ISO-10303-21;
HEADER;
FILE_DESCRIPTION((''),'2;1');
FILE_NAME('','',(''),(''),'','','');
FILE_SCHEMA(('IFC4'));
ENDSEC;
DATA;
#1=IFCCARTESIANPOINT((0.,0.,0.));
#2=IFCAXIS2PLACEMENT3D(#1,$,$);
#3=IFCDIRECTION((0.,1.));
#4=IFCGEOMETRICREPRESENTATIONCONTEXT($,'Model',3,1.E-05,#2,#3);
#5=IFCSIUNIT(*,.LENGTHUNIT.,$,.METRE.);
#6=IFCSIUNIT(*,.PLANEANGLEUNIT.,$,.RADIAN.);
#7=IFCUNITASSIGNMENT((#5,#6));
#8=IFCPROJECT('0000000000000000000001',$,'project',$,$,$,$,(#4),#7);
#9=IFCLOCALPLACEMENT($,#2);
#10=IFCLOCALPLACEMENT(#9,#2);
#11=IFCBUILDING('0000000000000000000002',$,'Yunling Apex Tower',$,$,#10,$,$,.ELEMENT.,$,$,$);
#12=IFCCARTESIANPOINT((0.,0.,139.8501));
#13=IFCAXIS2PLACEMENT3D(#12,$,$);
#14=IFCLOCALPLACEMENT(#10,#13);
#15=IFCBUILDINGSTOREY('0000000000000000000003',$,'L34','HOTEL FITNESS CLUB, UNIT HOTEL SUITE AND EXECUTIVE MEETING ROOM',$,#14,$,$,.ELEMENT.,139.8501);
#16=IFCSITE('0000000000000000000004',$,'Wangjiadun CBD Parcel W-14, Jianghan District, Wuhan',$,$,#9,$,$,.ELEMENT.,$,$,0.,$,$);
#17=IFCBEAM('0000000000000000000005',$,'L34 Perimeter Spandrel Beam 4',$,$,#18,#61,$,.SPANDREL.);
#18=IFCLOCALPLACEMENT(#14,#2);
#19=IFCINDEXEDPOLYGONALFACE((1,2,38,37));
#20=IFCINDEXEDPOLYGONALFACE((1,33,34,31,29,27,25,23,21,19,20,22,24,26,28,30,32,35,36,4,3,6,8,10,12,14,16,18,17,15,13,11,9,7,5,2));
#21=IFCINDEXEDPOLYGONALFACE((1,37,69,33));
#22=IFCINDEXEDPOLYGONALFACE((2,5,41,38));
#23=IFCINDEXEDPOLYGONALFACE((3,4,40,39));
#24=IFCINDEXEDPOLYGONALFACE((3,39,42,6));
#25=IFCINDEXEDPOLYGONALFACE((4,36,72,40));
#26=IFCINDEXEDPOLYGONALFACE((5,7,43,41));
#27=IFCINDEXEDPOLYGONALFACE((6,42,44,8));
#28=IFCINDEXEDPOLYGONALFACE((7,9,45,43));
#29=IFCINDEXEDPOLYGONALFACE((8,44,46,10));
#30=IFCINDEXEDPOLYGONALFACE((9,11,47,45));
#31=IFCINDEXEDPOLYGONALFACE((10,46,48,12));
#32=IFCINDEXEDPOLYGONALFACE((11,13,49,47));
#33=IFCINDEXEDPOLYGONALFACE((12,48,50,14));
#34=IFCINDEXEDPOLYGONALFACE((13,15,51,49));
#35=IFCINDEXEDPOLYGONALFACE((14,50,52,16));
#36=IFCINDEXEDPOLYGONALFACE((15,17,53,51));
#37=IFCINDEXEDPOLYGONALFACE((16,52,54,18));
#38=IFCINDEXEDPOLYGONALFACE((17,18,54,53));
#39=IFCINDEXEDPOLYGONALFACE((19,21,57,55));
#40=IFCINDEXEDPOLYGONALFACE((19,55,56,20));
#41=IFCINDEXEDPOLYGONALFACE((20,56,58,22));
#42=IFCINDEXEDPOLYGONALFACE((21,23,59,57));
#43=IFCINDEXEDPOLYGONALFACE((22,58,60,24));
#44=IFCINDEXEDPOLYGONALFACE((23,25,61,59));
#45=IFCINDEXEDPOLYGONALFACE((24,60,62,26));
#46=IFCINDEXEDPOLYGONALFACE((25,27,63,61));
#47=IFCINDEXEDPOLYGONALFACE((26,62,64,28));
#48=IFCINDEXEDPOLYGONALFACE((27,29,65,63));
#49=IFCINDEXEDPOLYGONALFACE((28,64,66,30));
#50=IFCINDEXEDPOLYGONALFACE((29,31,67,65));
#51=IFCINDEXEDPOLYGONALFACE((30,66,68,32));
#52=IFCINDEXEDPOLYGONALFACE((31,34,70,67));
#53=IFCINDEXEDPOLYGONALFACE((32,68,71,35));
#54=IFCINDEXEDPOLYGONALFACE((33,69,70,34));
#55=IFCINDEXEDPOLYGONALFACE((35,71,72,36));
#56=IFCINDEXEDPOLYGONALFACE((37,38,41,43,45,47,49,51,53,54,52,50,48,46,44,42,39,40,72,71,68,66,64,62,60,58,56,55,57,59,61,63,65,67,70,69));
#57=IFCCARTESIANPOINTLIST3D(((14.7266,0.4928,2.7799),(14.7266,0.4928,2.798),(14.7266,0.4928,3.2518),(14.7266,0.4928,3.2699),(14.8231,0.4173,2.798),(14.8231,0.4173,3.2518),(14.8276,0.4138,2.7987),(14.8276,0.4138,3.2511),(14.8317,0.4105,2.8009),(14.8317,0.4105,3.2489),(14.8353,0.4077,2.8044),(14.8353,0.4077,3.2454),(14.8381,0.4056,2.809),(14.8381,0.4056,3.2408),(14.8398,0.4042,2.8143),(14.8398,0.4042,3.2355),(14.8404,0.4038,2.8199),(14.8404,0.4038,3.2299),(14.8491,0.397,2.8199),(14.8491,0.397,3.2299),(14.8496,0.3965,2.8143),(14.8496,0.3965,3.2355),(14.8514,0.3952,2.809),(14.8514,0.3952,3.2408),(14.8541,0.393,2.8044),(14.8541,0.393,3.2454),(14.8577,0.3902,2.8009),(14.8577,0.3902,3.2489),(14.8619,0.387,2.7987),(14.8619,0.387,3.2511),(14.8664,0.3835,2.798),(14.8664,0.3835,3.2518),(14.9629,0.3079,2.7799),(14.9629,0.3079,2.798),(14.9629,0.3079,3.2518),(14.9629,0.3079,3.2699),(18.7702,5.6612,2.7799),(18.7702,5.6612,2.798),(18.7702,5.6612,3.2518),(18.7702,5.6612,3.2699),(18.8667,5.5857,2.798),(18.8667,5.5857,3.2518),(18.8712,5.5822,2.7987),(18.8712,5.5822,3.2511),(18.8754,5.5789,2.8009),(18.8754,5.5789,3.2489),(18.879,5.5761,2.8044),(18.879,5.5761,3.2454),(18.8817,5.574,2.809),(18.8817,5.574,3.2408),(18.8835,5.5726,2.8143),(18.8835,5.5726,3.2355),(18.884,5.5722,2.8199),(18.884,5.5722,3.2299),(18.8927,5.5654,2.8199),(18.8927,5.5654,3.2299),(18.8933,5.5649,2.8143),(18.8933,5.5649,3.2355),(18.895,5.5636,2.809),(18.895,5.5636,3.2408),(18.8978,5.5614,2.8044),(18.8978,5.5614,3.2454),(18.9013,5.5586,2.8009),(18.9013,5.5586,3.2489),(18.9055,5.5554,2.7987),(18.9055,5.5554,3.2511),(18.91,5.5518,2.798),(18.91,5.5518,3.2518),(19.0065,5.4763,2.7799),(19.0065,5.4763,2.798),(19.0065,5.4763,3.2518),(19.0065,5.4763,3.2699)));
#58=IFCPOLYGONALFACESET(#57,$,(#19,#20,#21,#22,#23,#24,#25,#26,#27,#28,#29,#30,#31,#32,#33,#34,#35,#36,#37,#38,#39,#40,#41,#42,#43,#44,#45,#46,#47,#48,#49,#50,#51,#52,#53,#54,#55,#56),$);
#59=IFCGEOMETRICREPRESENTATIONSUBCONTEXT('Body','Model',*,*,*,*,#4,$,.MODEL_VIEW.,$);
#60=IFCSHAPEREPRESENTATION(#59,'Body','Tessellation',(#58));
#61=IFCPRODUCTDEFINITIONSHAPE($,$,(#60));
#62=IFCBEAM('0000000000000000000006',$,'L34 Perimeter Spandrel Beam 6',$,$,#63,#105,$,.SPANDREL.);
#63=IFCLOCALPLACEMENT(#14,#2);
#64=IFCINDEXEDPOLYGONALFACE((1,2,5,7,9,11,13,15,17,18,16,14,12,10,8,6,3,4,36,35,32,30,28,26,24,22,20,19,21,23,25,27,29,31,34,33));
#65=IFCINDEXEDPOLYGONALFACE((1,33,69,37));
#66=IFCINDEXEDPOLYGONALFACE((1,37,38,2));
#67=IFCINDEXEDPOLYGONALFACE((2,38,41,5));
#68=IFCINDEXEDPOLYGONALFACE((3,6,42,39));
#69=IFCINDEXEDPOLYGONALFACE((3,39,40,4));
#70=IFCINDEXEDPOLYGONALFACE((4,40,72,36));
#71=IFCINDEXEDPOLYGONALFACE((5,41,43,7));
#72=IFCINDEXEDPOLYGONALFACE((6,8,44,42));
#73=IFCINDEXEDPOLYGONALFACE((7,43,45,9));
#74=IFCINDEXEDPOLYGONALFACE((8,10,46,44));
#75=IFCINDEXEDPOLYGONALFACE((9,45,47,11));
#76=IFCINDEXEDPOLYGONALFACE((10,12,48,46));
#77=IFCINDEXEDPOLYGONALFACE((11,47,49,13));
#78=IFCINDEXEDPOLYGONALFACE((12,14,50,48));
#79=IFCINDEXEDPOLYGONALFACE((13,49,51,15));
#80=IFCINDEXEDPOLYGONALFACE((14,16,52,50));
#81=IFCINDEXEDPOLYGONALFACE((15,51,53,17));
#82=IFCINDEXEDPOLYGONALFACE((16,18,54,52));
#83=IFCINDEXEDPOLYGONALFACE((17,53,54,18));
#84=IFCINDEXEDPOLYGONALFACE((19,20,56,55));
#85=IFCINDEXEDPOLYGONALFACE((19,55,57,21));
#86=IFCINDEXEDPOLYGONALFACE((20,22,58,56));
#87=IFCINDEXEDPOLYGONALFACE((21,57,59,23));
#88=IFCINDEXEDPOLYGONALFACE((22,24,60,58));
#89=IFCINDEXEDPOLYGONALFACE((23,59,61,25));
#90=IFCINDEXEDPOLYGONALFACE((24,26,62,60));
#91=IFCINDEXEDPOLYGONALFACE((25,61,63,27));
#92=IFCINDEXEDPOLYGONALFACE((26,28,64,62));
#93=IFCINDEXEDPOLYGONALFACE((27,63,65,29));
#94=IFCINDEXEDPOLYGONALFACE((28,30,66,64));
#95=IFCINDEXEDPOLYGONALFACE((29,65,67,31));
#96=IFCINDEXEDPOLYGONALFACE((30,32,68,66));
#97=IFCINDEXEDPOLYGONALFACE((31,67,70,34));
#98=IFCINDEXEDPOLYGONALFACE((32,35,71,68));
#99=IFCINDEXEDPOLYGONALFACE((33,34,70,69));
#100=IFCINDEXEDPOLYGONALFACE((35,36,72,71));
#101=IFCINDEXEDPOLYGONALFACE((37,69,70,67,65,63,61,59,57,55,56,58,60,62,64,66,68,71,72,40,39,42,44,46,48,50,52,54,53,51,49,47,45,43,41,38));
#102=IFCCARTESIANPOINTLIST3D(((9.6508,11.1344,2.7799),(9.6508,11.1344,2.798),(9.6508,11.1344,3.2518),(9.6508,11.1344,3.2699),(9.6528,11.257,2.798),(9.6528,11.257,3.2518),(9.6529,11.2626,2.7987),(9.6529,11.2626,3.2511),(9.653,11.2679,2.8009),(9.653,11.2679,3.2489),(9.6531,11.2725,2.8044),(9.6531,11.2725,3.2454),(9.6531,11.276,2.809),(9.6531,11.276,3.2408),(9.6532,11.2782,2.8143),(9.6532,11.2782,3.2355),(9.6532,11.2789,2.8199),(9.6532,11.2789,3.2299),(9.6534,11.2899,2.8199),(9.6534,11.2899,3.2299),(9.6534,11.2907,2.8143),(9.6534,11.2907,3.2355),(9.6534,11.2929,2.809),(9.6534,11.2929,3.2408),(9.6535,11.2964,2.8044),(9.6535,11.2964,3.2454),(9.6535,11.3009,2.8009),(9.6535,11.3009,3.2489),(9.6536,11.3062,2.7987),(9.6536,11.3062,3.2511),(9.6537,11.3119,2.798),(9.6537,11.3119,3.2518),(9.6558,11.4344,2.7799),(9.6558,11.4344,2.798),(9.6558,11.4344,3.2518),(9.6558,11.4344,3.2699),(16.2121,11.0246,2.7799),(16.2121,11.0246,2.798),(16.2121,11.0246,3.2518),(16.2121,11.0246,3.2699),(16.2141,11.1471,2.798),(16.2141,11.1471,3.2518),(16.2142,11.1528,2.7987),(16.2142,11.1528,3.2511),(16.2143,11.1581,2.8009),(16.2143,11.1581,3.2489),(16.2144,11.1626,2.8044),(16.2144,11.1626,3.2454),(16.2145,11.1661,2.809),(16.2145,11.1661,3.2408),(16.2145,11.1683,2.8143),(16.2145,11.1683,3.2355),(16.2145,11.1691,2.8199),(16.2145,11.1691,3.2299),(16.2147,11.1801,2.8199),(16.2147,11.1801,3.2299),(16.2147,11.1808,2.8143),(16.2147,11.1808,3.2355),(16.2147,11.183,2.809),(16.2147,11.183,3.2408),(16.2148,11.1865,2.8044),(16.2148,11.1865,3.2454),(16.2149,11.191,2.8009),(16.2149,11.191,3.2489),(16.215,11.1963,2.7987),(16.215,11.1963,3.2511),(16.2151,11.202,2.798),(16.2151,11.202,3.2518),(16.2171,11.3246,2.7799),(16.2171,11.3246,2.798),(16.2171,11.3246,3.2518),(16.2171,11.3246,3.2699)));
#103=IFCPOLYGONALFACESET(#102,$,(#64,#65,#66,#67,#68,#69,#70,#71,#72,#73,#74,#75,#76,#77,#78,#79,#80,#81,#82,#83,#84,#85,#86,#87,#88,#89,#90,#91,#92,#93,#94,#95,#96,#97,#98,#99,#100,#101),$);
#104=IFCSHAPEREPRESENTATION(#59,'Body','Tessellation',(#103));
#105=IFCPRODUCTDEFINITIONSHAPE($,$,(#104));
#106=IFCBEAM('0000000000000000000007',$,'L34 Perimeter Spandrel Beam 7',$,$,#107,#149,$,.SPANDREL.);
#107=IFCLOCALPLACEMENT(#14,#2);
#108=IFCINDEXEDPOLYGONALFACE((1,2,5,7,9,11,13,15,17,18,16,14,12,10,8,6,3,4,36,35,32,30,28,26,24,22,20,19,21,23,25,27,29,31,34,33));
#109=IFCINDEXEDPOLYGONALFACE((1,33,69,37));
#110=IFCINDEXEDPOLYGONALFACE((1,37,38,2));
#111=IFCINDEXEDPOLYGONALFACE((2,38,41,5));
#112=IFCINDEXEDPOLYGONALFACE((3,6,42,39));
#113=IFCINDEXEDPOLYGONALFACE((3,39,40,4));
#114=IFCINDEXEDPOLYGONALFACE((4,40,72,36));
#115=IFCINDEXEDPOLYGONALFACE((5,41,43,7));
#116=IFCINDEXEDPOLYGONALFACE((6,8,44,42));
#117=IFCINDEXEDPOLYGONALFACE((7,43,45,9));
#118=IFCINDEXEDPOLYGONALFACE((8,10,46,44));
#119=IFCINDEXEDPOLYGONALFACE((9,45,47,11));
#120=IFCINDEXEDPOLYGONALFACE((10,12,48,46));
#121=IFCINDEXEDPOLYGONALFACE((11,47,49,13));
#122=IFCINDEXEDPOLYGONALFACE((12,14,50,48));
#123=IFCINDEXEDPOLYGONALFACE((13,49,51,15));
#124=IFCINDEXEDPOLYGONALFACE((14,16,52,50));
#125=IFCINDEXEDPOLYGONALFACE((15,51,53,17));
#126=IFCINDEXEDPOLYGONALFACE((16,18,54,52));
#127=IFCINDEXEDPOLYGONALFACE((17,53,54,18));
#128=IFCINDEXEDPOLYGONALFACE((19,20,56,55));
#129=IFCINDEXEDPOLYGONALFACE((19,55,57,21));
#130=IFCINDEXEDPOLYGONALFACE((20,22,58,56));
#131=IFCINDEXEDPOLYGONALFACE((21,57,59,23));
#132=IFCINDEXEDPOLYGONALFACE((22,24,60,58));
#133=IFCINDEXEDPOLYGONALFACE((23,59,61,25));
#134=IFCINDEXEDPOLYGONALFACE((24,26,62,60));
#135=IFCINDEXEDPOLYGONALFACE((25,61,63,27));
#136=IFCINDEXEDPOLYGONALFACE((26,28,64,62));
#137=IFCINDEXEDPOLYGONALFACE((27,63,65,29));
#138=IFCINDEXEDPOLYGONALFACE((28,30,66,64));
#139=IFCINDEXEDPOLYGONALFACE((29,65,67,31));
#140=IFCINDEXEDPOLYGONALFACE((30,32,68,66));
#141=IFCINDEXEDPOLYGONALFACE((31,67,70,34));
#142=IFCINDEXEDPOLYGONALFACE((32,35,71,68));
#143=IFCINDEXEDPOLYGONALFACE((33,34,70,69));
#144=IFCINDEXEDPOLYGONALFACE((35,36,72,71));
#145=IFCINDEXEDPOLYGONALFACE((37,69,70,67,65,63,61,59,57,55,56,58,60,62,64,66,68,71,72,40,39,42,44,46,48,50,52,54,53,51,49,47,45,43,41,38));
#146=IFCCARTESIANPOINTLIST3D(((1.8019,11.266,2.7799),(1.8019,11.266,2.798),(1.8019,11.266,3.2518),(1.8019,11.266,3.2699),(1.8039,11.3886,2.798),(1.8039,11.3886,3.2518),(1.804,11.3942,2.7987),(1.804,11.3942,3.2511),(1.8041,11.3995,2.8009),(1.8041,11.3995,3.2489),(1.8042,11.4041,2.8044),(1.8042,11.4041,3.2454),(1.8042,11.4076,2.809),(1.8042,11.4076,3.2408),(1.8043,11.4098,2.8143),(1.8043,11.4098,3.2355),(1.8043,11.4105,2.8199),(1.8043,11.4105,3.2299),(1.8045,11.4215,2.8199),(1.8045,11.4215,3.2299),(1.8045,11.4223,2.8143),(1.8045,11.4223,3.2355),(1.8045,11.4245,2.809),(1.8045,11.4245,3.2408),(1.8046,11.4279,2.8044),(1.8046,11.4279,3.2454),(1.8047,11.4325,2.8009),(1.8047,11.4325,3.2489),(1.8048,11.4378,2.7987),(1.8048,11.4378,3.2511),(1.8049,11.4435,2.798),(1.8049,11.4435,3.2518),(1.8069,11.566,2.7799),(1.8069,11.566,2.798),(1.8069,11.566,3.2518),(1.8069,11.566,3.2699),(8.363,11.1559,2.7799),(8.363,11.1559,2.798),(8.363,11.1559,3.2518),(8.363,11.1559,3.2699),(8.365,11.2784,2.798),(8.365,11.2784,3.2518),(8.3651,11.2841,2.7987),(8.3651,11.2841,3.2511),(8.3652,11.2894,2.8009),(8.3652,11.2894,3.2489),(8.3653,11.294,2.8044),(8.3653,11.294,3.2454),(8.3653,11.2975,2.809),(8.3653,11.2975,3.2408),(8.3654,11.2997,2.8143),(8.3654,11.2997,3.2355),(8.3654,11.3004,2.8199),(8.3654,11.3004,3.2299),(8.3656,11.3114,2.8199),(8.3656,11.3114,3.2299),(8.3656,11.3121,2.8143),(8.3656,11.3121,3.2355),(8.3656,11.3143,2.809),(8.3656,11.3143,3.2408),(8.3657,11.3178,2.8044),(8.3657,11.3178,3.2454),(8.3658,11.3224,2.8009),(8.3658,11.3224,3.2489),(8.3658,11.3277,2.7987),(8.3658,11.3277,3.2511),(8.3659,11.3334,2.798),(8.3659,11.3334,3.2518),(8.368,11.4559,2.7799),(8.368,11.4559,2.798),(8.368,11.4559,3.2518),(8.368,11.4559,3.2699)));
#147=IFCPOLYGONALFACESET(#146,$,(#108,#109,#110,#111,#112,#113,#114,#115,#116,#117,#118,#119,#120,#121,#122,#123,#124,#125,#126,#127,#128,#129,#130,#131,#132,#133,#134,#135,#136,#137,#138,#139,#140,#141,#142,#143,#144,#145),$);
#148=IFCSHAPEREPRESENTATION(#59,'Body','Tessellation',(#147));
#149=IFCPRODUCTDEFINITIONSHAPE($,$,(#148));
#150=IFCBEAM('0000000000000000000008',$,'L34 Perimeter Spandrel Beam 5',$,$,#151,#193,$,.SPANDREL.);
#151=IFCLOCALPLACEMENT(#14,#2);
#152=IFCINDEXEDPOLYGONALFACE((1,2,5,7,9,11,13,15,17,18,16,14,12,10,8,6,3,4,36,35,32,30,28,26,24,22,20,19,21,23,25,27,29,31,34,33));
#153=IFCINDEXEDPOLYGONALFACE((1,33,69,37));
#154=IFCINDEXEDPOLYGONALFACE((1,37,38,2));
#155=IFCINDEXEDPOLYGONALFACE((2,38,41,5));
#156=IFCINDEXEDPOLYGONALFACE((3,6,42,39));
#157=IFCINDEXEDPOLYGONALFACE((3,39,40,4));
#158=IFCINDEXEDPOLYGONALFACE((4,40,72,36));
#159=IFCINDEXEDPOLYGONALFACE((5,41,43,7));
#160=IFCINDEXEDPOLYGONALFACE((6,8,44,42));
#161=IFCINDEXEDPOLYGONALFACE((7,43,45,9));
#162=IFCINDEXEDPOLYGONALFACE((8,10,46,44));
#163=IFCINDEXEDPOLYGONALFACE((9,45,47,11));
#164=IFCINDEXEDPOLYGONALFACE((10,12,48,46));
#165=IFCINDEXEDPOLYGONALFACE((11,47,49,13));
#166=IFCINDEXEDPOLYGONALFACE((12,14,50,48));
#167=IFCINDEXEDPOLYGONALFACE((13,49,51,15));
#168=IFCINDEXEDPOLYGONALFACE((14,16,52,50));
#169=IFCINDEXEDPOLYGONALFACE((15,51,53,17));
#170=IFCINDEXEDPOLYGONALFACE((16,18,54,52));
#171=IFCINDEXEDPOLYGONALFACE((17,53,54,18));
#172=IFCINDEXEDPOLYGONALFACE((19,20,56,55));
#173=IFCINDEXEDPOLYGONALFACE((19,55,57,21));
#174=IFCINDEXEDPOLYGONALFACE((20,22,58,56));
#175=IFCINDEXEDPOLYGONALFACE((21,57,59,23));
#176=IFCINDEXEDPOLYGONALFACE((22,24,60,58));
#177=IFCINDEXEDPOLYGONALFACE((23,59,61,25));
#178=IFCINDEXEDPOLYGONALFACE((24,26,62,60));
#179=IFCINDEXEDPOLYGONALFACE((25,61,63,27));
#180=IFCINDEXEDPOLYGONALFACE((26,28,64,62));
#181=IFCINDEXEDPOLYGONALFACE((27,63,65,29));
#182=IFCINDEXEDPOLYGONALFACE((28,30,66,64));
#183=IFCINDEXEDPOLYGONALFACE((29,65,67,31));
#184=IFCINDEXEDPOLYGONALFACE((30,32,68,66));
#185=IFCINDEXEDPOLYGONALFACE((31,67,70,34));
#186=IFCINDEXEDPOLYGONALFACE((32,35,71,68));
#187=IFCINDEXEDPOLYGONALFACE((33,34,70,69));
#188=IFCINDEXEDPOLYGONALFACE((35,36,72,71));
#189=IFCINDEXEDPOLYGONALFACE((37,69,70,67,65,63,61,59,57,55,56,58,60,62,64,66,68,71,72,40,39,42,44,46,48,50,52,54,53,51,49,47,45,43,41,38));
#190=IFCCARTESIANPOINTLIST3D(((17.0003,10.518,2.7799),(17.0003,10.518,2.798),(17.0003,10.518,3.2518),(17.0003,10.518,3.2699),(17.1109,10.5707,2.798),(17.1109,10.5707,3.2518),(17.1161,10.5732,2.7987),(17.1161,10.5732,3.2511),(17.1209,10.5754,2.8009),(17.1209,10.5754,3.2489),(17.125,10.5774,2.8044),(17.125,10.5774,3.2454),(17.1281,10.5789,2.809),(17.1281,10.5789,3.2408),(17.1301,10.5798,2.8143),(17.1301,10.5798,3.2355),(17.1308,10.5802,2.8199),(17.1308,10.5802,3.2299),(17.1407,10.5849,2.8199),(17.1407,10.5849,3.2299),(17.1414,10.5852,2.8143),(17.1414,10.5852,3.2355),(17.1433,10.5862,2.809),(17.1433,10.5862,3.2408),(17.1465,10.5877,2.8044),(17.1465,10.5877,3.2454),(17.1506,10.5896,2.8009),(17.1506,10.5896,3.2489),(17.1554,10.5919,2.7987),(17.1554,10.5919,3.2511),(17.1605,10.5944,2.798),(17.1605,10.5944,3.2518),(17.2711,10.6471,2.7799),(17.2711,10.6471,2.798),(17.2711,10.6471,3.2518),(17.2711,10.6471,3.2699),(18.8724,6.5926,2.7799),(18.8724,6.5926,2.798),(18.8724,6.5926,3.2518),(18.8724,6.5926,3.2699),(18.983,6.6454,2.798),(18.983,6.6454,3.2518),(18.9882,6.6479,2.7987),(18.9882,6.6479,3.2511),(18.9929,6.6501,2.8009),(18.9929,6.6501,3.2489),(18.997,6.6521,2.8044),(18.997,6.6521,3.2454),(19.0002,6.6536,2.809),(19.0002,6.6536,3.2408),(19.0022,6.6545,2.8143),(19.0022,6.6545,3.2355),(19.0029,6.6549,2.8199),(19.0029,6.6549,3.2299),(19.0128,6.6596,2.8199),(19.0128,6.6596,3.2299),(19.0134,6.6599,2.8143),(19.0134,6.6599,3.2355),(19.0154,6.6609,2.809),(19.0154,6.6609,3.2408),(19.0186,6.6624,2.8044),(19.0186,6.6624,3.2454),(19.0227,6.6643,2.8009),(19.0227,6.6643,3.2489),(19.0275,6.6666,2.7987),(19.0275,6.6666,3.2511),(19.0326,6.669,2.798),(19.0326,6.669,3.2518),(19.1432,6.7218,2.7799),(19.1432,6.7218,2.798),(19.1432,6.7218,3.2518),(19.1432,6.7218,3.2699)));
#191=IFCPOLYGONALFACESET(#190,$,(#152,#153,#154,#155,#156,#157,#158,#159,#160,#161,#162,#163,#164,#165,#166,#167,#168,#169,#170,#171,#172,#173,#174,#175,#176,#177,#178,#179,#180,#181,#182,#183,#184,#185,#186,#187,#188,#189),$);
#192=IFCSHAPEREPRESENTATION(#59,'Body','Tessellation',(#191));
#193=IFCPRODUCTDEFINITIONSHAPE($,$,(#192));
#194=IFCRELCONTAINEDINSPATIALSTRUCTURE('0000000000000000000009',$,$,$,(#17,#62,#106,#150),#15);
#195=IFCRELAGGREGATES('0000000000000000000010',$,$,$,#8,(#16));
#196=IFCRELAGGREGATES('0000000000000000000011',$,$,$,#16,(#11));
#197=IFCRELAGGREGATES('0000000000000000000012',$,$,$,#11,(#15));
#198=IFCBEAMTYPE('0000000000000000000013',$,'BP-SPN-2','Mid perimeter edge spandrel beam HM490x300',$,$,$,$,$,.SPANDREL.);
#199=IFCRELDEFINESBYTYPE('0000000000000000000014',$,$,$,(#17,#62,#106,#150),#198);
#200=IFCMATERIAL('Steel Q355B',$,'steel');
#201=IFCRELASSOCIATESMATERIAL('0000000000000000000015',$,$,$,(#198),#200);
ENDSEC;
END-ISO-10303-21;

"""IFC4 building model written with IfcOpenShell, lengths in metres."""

from ifc_helpers import new_model, si_unit, direction, frame, origin, origin_2d, place, context, subcontext, project, spatial, i_section, extrude, source, transform, mapped, material, material_profile, profile_set, type_object, element, save


model = new_model("IFC4")

# Units and contexts
model_context = context("Model", 3, precision=1e-05, world=origin(), true_north=direction((0.0, 1.0)))
body_context = subcontext(model_context, "Body", "Model", "MODEL_VIEW")
ifc_project = project(units=[si_unit("LENGTHUNIT", "METRE"), si_unit("PLANEANGLEUNIT", "RADIAN")], contexts=[model_context])

# Site, building, storey
site_placement = place(None, origin())
site = spatial("IfcSite", under=ifc_project, at=site_placement, Name="Wangjiadun CBD Parcel W-14, Jianghan District, Wuhan", CompositionType="ELEMENT", RefElevation=0.0)
building_placement = place(site_placement, origin())
building = spatial("IfcBuilding", under=site, at=building_placement, Name="Yunling Apex Tower", CompositionType="ELEMENT")
storey_placement = place(building_placement, frame((0.0, 0.0, 139.8501)))
storey = spatial("IfcBuildingStorey", under=building, at=storey_placement, Name="L34", Description="HOTEL FITNESS CLUB, UNIT HOTEL SUITE AND EXECUTIVE MEETING ROOM", CompositionType="ELEMENT", Elevation=139.8501)

# Beams
ifc_material_1 = material(Name="Steel Q355B", Category="steel")
ifc_material_profile_1 = material_profile(ifc_material_1, i_section(OverallWidth=0.3, OverallDepth=0.49, WebThickness=0.011, FlangeThickness=0.0181, FilletRadius=0.022, at=origin_2d()))
ifc_profile_set_1 = profile_set([ifc_material_profile_1], Name="Steel Q355B")
beam_type_1 = type_object("IfcBeamType", Name="BP-SPN-2", Description="Mid perimeter edge spandrel beam HM490x300", PredefinedType="SPANDREL", material=ifc_profile_set_1)
shared_shape_1 = source(origin(), body_context, "Body", "SweptSolid", [
    extrude(i_section(OverallWidth=0.3, OverallDepth=0.49, WebThickness=0.011, FlangeThickness=0.0181, FilletRadius=0.022, at=origin_2d()), origin(), (0.0, 0.0, 1.0), 6.5623),
])
for number, where, z_axis, x_axis, name in (
    (1, (14.8447, 0.4004, 3.0249), (0.616197, 0.787592, 0.0), (-0.787592, 0.616197, 0.0), "L34 Perimeter Spandrel Beam 4"),
    (2, (16.2146, 11.1746, 3.0249), (-0.99986, 0.016742, 0.0), (-0.016742, -0.99986, 0.0), "L34 Perimeter Spandrel Beam 6"),
):
    element("IfcBeam", number, at=place(storey_placement, frame(where, z_axis=z_axis, x_axis=x_axis)), inside=storey, type_object=beam_type_1, Name=name, PredefinedType="SPANDREL", context=body_context, shape_type="MappedRepresentation", body=[
        mapped(shared_shape_1, transform((0.0, 0.0, 0.0), scale=1.0)),
    ])
shared_shape_2 = source(origin(), body_context, "Body", "SweptSolid", [
    extrude(i_section(OverallWidth=0.3, OverallDepth=0.49, WebThickness=0.011, FlangeThickness=0.0181, FilletRadius=0.022, at=origin_2d()), origin(), (0.0, 0.0, 1.0), 6.562),
])
beam_1_placement = place(storey_placement, frame((8.3655, 11.3059, 3.0249), z_axis=(-0.999859, 0.01678, 0.0), x_axis=(-0.01678, -0.999859, 0.0)))
element("IfcBeam", 3, at=beam_1_placement, inside=storey, type_object=beam_type_1, Name="L34 Perimeter Spandrel Beam 7", PredefinedType="SPANDREL", context=body_context, shape_type="MappedRepresentation", body=[
    mapped(shared_shape_2, transform((0.0, 0.0, 0.0), scale=1.0)),
])
shared_shape_3 = source(origin(), body_context, "Body", "SweptSolid", [
    extrude(i_section(OverallWidth=0.3, OverallDepth=0.49, WebThickness=0.011, FlangeThickness=0.0181, FilletRadius=0.022, at=origin_2d()), origin(), (0.0, 0.0, 1.0), 4.3489),
])
beam_2_placement = place(storey_placement, frame((19.0078, 6.6572, 3.0249), z_axis=(-0.430474, 0.902603, 0.0), x_axis=(-0.902603, -0.430474, 0.0)))
element("IfcBeam", 4, at=beam_2_placement, inside=storey, type_object=beam_type_1, Name="L34 Perimeter Spandrel Beam 5", PredefinedType="SPANDREL", context=body_context, shape_type="MappedRepresentation", body=[
    mapped(shared_shape_3, transform((0.0, 0.0, 0.0), scale=1.0)),
])

save(model, "model.ifc")
